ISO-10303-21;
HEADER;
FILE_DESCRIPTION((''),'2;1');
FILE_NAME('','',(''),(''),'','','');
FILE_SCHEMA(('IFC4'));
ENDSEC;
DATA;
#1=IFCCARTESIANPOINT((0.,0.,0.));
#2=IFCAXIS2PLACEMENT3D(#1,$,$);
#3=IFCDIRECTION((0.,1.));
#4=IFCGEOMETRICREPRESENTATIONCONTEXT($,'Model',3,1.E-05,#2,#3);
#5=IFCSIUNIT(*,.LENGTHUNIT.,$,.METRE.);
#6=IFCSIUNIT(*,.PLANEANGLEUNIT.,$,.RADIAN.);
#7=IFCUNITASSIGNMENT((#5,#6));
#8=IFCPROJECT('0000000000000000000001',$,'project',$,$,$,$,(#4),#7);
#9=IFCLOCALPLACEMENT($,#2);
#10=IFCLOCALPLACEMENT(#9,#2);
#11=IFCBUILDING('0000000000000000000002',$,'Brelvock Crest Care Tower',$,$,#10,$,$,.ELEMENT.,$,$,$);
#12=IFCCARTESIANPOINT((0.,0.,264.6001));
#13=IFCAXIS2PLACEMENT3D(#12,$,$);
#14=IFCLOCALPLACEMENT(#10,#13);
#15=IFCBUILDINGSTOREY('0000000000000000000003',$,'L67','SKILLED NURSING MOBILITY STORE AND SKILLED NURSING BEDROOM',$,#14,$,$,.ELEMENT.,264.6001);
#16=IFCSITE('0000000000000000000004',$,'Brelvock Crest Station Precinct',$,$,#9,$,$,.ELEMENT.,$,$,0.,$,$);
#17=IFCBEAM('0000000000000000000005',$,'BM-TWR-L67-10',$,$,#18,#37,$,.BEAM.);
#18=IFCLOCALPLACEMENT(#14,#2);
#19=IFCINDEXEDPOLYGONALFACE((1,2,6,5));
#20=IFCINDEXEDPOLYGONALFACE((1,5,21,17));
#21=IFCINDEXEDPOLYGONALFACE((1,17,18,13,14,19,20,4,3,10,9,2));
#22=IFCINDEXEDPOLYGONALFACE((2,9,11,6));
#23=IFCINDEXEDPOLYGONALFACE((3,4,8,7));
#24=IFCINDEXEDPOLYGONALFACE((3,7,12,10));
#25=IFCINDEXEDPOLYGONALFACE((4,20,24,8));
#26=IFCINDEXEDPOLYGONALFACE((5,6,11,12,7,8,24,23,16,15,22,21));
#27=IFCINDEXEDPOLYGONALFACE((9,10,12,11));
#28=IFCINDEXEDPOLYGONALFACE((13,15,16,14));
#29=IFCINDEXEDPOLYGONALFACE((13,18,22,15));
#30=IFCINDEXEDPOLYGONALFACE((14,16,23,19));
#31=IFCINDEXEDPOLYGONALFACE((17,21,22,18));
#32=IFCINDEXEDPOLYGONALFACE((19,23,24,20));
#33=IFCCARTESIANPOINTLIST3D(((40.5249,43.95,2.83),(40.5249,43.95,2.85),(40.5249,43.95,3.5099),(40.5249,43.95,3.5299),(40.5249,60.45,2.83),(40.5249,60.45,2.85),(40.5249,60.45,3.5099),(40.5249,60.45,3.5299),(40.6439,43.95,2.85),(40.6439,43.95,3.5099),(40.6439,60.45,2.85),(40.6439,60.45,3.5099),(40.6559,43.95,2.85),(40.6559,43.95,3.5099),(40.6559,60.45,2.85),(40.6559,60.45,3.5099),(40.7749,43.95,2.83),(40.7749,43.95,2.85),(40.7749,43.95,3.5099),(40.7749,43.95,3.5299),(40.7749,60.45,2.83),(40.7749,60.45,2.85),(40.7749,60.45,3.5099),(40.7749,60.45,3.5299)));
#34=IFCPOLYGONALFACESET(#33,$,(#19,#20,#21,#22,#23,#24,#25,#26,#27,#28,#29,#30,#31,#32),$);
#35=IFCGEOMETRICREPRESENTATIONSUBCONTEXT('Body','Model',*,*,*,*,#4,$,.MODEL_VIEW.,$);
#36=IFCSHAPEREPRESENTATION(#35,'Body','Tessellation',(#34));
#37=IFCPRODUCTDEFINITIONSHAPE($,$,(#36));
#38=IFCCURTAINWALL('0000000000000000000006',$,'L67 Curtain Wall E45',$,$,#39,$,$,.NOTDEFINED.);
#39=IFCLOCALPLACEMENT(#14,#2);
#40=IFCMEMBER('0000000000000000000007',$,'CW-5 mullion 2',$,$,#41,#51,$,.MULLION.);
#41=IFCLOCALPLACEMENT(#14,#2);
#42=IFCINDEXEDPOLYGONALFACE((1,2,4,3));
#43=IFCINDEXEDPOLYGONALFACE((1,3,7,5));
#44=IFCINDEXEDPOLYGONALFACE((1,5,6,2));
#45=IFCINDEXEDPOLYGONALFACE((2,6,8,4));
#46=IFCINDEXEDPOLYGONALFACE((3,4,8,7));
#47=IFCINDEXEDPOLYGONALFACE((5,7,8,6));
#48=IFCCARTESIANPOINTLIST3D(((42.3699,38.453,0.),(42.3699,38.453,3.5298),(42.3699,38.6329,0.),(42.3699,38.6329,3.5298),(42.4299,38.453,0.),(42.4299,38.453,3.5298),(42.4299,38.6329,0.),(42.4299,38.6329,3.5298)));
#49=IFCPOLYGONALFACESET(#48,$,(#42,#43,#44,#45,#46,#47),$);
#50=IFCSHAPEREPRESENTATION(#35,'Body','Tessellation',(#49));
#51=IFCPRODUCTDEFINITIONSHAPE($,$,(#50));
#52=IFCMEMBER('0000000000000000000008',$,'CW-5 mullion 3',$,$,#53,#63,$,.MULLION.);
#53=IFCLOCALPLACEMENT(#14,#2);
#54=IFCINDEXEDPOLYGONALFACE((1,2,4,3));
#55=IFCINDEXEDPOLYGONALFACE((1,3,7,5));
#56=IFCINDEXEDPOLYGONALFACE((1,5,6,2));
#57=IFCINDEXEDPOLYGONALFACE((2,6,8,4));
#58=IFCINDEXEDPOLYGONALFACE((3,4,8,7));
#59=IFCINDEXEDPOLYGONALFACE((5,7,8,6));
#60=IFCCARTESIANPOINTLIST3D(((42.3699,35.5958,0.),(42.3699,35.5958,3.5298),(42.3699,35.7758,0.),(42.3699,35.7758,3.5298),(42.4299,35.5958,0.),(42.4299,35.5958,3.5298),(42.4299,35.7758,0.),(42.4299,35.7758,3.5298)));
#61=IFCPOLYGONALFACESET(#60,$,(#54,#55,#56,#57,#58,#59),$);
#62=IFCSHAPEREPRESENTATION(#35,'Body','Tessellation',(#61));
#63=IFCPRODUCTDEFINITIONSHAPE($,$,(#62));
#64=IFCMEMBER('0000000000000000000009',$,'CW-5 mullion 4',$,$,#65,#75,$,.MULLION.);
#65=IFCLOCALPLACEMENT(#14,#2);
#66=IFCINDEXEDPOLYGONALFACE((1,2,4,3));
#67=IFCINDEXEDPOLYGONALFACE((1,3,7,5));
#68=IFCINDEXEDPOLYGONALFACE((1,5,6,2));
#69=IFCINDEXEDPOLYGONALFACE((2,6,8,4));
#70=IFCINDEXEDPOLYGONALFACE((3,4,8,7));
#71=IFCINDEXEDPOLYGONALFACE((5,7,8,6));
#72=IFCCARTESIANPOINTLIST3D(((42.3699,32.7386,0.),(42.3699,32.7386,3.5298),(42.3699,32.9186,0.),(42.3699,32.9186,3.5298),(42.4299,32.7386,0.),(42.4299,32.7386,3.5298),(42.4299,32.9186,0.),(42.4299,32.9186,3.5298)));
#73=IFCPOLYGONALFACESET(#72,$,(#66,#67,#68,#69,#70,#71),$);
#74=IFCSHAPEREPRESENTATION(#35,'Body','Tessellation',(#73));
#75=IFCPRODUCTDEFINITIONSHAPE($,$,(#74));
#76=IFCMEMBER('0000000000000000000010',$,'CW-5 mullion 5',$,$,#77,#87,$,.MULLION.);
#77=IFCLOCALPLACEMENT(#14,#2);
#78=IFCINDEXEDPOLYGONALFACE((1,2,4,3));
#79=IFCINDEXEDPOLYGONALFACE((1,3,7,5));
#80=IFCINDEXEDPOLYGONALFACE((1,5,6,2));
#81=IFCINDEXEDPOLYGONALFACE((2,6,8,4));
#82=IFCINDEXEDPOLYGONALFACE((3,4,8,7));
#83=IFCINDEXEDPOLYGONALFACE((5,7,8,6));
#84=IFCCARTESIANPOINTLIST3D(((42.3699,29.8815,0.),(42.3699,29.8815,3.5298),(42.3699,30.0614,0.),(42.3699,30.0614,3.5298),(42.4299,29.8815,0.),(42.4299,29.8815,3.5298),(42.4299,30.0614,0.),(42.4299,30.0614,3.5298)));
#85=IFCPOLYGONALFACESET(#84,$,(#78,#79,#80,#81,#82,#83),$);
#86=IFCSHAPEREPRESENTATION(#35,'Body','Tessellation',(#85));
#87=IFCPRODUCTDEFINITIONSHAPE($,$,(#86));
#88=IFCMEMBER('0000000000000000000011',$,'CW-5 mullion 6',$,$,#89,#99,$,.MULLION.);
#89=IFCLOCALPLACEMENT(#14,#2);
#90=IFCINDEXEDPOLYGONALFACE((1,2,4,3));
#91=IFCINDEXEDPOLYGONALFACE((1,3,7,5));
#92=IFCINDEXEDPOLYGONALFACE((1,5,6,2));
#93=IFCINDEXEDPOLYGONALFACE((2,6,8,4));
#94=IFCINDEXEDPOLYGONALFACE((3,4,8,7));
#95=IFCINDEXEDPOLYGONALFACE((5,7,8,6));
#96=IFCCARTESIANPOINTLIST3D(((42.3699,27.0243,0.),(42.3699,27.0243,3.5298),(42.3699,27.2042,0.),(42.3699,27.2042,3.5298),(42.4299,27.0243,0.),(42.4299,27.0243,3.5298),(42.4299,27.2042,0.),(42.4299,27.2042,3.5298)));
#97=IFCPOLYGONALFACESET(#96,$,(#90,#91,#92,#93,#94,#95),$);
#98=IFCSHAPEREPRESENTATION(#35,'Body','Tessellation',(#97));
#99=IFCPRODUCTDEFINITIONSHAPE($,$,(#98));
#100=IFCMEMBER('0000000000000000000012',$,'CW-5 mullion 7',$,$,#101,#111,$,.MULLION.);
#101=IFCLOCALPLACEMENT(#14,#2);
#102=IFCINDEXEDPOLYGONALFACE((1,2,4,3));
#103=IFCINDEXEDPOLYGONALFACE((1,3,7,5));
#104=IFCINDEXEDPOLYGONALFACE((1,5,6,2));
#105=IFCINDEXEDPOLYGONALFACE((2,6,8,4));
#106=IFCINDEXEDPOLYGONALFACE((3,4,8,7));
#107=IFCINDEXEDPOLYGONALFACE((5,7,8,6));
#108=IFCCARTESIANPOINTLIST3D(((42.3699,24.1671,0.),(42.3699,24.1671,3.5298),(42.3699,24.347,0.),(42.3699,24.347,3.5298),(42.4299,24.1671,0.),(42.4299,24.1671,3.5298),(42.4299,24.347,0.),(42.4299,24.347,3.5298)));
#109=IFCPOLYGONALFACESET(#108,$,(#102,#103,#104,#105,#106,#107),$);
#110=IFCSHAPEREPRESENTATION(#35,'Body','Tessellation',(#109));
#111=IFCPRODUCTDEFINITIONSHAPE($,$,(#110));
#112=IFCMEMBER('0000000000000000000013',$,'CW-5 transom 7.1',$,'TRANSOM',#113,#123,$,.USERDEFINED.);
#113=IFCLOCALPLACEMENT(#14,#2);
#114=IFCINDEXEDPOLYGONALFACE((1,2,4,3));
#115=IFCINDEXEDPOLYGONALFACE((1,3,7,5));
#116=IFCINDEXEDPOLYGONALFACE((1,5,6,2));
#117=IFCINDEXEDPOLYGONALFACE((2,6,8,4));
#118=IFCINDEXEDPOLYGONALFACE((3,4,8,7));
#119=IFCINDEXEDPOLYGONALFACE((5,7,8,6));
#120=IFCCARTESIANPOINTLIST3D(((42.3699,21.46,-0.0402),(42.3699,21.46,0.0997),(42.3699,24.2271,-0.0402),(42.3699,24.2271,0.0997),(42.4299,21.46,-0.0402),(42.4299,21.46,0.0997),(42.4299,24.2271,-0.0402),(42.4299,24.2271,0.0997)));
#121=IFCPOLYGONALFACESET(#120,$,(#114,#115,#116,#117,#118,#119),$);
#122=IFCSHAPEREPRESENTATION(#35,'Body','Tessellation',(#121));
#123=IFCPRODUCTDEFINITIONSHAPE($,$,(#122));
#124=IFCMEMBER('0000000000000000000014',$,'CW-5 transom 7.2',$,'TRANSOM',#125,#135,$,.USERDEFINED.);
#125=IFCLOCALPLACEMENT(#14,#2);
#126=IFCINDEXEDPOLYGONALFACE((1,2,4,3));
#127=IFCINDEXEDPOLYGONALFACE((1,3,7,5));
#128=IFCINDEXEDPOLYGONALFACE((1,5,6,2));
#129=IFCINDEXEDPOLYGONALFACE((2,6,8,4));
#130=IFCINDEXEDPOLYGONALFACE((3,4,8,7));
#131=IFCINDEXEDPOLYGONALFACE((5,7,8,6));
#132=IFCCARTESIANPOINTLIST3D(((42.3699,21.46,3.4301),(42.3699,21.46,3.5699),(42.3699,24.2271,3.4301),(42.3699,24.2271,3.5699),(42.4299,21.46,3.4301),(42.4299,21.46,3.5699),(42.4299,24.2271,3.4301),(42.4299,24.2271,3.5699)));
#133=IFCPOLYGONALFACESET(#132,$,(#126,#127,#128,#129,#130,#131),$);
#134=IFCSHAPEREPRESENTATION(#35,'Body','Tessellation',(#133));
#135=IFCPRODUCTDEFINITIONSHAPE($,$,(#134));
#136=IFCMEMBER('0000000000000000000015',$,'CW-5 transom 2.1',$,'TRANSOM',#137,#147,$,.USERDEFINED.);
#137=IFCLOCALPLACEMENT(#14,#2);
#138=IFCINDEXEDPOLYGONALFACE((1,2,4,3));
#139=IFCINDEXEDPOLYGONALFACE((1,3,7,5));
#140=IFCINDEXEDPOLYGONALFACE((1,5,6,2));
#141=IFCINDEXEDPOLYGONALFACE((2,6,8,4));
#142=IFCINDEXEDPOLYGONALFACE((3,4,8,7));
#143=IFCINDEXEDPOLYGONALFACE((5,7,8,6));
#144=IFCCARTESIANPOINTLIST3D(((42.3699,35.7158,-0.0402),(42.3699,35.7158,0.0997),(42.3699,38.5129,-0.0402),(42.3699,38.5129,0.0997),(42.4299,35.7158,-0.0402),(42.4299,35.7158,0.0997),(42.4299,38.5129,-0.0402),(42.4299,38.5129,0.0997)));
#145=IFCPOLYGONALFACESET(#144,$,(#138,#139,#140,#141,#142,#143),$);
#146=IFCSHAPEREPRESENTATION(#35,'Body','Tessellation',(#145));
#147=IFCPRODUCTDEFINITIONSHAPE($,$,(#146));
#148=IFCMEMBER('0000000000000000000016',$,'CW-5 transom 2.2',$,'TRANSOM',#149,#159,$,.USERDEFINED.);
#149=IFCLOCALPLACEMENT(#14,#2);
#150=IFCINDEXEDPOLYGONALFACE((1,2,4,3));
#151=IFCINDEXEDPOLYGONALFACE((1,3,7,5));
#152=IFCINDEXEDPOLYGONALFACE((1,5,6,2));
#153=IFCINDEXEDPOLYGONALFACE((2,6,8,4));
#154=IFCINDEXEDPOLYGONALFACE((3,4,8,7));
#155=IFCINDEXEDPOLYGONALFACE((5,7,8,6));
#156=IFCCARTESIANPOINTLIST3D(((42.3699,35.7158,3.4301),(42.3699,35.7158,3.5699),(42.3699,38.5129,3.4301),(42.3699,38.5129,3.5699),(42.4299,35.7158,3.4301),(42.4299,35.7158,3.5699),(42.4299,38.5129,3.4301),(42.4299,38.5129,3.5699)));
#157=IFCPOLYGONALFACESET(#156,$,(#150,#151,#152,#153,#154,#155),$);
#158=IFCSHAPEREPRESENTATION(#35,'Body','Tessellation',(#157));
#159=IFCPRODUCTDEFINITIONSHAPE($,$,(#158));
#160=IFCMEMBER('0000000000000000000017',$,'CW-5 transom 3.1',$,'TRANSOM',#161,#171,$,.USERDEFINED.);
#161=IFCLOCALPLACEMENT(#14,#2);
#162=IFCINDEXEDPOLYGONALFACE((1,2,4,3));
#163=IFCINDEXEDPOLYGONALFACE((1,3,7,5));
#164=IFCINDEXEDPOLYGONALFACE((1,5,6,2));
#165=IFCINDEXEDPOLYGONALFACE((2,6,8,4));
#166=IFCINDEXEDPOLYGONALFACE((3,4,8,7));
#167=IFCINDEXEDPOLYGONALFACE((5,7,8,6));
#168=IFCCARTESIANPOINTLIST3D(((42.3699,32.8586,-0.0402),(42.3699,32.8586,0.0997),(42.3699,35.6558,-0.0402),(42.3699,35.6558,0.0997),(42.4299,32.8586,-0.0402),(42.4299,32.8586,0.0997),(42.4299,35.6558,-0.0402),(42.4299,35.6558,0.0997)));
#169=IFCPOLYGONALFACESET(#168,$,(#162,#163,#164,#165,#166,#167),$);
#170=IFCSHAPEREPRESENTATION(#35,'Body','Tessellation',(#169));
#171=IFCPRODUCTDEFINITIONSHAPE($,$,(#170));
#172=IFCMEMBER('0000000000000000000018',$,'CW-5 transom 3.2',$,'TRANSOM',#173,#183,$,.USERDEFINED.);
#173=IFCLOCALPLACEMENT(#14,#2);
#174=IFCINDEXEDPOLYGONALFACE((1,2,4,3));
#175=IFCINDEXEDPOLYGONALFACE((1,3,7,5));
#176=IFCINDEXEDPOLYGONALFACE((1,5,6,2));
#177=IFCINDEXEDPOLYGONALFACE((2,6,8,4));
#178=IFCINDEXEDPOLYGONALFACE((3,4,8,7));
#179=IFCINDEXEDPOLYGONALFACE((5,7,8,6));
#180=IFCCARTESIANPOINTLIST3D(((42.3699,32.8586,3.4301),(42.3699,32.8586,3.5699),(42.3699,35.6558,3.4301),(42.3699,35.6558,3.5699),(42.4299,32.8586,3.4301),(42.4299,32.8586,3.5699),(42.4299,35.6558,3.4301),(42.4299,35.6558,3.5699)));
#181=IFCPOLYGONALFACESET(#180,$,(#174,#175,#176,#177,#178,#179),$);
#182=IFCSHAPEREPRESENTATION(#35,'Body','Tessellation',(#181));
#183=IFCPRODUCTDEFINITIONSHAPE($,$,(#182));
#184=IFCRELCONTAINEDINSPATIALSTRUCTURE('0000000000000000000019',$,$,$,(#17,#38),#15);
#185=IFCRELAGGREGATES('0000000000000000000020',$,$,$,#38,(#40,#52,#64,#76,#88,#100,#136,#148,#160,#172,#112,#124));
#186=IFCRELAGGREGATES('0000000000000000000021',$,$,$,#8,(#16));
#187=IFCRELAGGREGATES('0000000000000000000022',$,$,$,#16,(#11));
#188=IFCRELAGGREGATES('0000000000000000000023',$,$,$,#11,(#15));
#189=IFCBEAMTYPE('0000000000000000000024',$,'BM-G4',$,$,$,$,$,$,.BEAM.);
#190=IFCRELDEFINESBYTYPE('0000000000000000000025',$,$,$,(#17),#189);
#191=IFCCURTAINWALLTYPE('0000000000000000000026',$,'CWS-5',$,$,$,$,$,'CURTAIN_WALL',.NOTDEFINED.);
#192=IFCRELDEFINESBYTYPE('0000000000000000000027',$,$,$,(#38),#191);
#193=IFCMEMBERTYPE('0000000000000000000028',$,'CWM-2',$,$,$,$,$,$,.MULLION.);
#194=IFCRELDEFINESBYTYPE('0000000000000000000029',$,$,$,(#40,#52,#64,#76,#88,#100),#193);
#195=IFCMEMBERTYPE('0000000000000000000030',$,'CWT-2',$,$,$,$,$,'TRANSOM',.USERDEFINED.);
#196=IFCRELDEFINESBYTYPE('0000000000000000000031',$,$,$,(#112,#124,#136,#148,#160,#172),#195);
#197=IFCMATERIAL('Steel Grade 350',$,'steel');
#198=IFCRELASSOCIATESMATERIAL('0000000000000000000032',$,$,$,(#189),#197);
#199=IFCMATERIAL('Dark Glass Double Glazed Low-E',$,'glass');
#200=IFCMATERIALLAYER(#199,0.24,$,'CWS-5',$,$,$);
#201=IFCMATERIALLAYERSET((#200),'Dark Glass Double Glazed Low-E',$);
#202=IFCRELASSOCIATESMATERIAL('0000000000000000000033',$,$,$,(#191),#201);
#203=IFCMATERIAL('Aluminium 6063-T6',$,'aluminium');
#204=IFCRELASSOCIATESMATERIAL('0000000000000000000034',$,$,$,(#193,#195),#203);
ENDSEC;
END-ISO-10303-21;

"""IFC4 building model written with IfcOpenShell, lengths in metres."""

from ifc_helpers import new_model, si_unit, direction, frame, origin, origin_2d, place, context, subcontext, project, spatial, rectangle, i_section, extrude, source, transform, mapped, material, layer, layer_set, material_profile, profile_set, type_object, element, aggregate, save


model = new_model("IFC4")

# Units and contexts
model_context = context("Model", 3, precision=1e-05, world=origin(), true_north=direction((0.0, 1.0)))
body_context = subcontext(model_context, "Body", "Model", "MODEL_VIEW")
ifc_project = project(units=[si_unit("LENGTHUNIT", "METRE"), si_unit("PLANEANGLEUNIT", "RADIAN")], contexts=[model_context])

# Site, building, storey
site_placement = place(None, origin())
site = spatial("IfcSite", under=ifc_project, at=site_placement, Name="Brelvock Crest Station Precinct", CompositionType="ELEMENT", RefElevation=0.0)
building_placement = place(site_placement, origin())
building = spatial("IfcBuilding", under=site, at=building_placement, Name="Brelvock Crest Care Tower", CompositionType="ELEMENT")
storey_placement = place(building_placement, frame((0.0, 0.0, 264.6001)))
storey = spatial("IfcBuildingStorey", under=building, at=storey_placement, Name="L67", Description="SKILLED NURSING MOBILITY STORE AND SKILLED NURSING BEDROOM", CompositionType="ELEMENT", Elevation=264.6001)

# Shared definitions
ifc_material_1 = material(Name="Steel Grade 350", Category="steel")

# Beam
ifc_material_profile_1 = material_profile(ifc_material_1, i_section(OverallWidth=0.25, OverallDepth=0.7, WebThickness=0.012, FlangeThickness=0.02, at=origin_2d()), Name="700WB150")
ifc_profile_set_1 = profile_set([ifc_material_profile_1], Name="Steel Grade 350")
beam_type_1 = type_object("IfcBeamType", Name="BM-G4", PredefinedType="BEAM", material=ifc_profile_set_1)
shared_shape_1 = source(origin(), body_context, "Body", "SweptSolid", [
    extrude(i_section(OverallWidth=0.25, OverallDepth=0.7, WebThickness=0.012, FlangeThickness=0.02, at=origin_2d()), origin(), (0.0, 0.0, 1.0), 16.5),
])
beam_1_placement = place(storey_placement, frame((40.6499, 43.95, 3.1799), z_axis=(0.0, 1.0, 0.0), x_axis=(-1.0, 0.0, 0.0)))
element("IfcBeam", 1, at=beam_1_placement, inside=storey, type_object=beam_type_1, Name="BM-TWR-L67-10", PredefinedType="BEAM", context=body_context, shape_type="MappedRepresentation", body=[
    mapped(shared_shape_1, transform((0.0, 0.0, 0.0), x_axis=(1.0, 0.0, 0.0), y_axis=(0.0, 1.0, 0.0), z_axis=(0.0, 0.0, 1.0), scale=1.0)),
])

# Curtain wall, members
ifc_material_2 = material(Name="Dark Glass Double Glazed Low-E", Category="glass")
ifc_layer_1 = layer(ifc_material_2, 0.24, Name="CWS-5")
ifc_layer_set_1 = layer_set([ifc_layer_1], Name="Dark Glass Double Glazed Low-E")
curtain_wall_type = type_object("IfcCurtainWallType", Name="CWS-5", ElementType="CURTAIN_WALL", PredefinedType="NOTDEFINED", material=ifc_layer_set_1)
curtain_wall_placement = place(storey_placement, origin())
curtain_wall = element("IfcCurtainWall", 2, at=curtain_wall_placement, inside=storey, type_object=curtain_wall_type, Name="L67 Curtain Wall E45", PredefinedType="NOTDEFINED")
ifc_material_3 = material(Name="Aluminium 6063-T6", Category="aluminium")
ifc_material_profile_2 = material_profile(ifc_material_3, rectangle(XDim=0.0601, YDim=0.1799, at=origin_2d()), Name="ALU60x180")
ifc_profile_set_2 = profile_set([ifc_material_profile_2], Name="Aluminium 6063-T6")
member_type_1 = type_object("IfcMemberType", Name="CWM-2", PredefinedType="MULLION", material=ifc_profile_set_2)
shared_shape_2 = source(origin(), body_context, "Body", "SweptSolid", [
    extrude(rectangle(XDim=0.0601, YDim=0.1799, at=origin_2d()), origin(), (0.0, 0.0, 1.0), 3.5298),
])
member_1_placement = place(storey_placement, frame((42.3999, 38.543, 0.0), z_axis=(0.0, 0.0, 1.0), x_axis=(1.0, 0.0, 0.0)))
member_1 = element("IfcMember", 3, at=member_1_placement, type_object=member_type_1, Name="CW-5 mullion 2", PredefinedType="MULLION", context=body_context, shape_type="MappedRepresentation", body=[
    mapped(shared_shape_2, transform((0.0, 0.0, 0.0), x_axis=(1.0, 0.0, 0.0), y_axis=(0.0, 1.0, 0.0), z_axis=(0.0, 0.0, 1.0), scale=1.0)),
])
member_2_placement = place(storey_placement, frame((42.3999, 35.6858, 0.0), z_axis=(0.0, 0.0, 1.0), x_axis=(1.0, 0.0, 0.0)))
member_2 = element("IfcMember", 4, at=member_2_placement, type_object=member_type_1, Name="CW-5 mullion 3", PredefinedType="MULLION", context=body_context, shape_type="MappedRepresentation", body=[
    mapped(shared_shape_2, transform((0.0, 0.0, 0.0), x_axis=(1.0, 0.0, 0.0), y_axis=(0.0, 1.0, 0.0), z_axis=(0.0, 0.0, 1.0), scale=1.0)),
])
member_3_placement = place(storey_placement, frame((42.3999, 32.8286, 0.0), z_axis=(0.0, 0.0, 1.0), x_axis=(1.0, 0.0, 0.0)))
member_3 = element("IfcMember", 5, at=member_3_placement, type_object=member_type_1, Name="CW-5 mullion 4", PredefinedType="MULLION", context=body_context, shape_type="MappedRepresentation", body=[
    mapped(shared_shape_2, transform((0.0, 0.0, 0.0), x_axis=(1.0, 0.0, 0.0), y_axis=(0.0, 1.0, 0.0), z_axis=(0.0, 0.0, 1.0), scale=1.0)),
])
member_4_placement = place(storey_placement, frame((42.3999, 29.9714, 0.0), z_axis=(0.0, 0.0, 1.0), x_axis=(1.0, 0.0, 0.0)))
member_4 = element("IfcMember", 6, at=member_4_placement, type_object=member_type_1, Name="CW-5 mullion 5", PredefinedType="MULLION", context=body_context, shape_type="MappedRepresentation", body=[
    mapped(shared_shape_2, transform((0.0, 0.0, 0.0), x_axis=(1.0, 0.0, 0.0), y_axis=(0.0, 1.0, 0.0), z_axis=(0.0, 0.0, 1.0), scale=1.0)),
])
member_5_placement = place(storey_placement, frame((42.3999, 27.1143, 0.0), z_axis=(0.0, 0.0, 1.0), x_axis=(1.0, 0.0, 0.0)))
member_5 = element("IfcMember", 7, at=member_5_placement, type_object=member_type_1, Name="CW-5 mullion 6", PredefinedType="MULLION", context=body_context, shape_type="MappedRepresentation", body=[
    mapped(shared_shape_2, transform((0.0, 0.0, 0.0), x_axis=(1.0, 0.0, 0.0), y_axis=(0.0, 1.0, 0.0), z_axis=(0.0, 0.0, 1.0), scale=1.0)),
])
member_6_placement = place(storey_placement, frame((42.3999, 24.2571, 0.0), z_axis=(0.0, 0.0, 1.0), x_axis=(1.0, 0.0, 0.0)))
member_6 = element("IfcMember", 8, at=member_6_placement, type_object=member_type_1, Name="CW-5 mullion 7", PredefinedType="MULLION", context=body_context, shape_type="MappedRepresentation", body=[
    mapped(shared_shape_2, transform((0.0, 0.0, 0.0), x_axis=(1.0, 0.0, 0.0), y_axis=(0.0, 1.0, 0.0), z_axis=(0.0, 0.0, 1.0), scale=1.0)),
])
ifc_material_profile_3 = material_profile(ifc_material_3, rectangle(XDim=0.0601, YDim=0.1399, at=origin_2d()), Name="ALU60x140")
ifc_profile_set_3 = profile_set([ifc_material_profile_3], Name="Aluminium 6063-T6")
member_type_2 = type_object("IfcMemberType", Name="CWT-2", ElementType="TRANSOM", PredefinedType="USERDEFINED", material=ifc_profile_set_3)
shared_shape_3 = source(origin(), body_context, "Body", "SweptSolid", [
    extrude(rectangle(XDim=0.0601, YDim=0.1399, at=origin_2d()), origin(), (0.0, 0.0, 1.0), 2.7671),
])
member_7_placement = place(storey_placement, frame((42.3999, 24.2271, 0.0298), z_axis=(0.0, -1.0, 0.0), x_axis=(1.0, 0.0, 0.0)))
member_7 = element("IfcMember", 9, at=member_7_placement, type_object=member_type_2, Name="CW-5 transom 7.1", ObjectType="TRANSOM", PredefinedType="USERDEFINED", context=body_context, shape_type="MappedRepresentation", body=[
    mapped(shared_shape_3, transform((0.0, 0.0, 0.0), x_axis=(1.0, 0.0, 0.0), y_axis=(0.0, 1.0, 0.0), z_axis=(0.0, 0.0, 1.0), scale=1.0)),
])
member_8_placement = place(storey_placement, frame((42.3999, 24.2271, 3.5), z_axis=(0.0, -1.0, 0.0), x_axis=(1.0, 0.0, 0.0)))
member_8 = element("IfcMember", 10, at=member_8_placement, type_object=member_type_2, Name="CW-5 transom 7.2", ObjectType="TRANSOM", PredefinedType="USERDEFINED", context=body_context, shape_type="MappedRepresentation", body=[
    mapped(shared_shape_3, transform((0.0, 0.0, 0.0), x_axis=(1.0, 0.0, 0.0), y_axis=(0.0, 1.0, 0.0), z_axis=(0.0, 0.0, 1.0), scale=1.0)),
])
shared_shape_4 = source(origin(), body_context, "Body", "SweptSolid", [
    extrude(rectangle(XDim=0.0601, YDim=0.1399, at=origin_2d()), origin(), (0.0, 0.0, 1.0), 2.7971),
])
member_9_placement = place(storey_placement, frame((42.3999, 38.5129, 0.0298), z_axis=(0.0, -1.0, 0.0), x_axis=(1.0, 0.0, 0.0)))
member_9 = element("IfcMember", 11, at=member_9_placement, type_object=member_type_2, Name="CW-5 transom 2.1", ObjectType="TRANSOM", PredefinedType="USERDEFINED", context=body_context, shape_type="MappedRepresentation", body=[
    mapped(shared_shape_4, transform((0.0, 0.0, 0.0), x_axis=(1.0, 0.0, 0.0), y_axis=(0.0, 1.0, 0.0), z_axis=(0.0, 0.0, 1.0), scale=1.0)),
])
member_10_placement = place(storey_placement, frame((42.3999, 38.5129, 3.5), z_axis=(0.0, -1.0, 0.0), x_axis=(1.0, 0.0, 0.0)))
member_10 = element("IfcMember", 12, at=member_10_placement, type_object=member_type_2, Name="CW-5 transom 2.2", ObjectType="TRANSOM", PredefinedType="USERDEFINED", context=body_context, shape_type="MappedRepresentation", body=[
    mapped(shared_shape_4, transform((0.0, 0.0, 0.0), x_axis=(1.0, 0.0, 0.0), y_axis=(0.0, 1.0, 0.0), z_axis=(0.0, 0.0, 1.0), scale=1.0)),
])
member_11_placement = place(storey_placement, frame((42.3999, 35.6558, 0.0298), z_axis=(0.0, -1.0, 0.0), x_axis=(1.0, 0.0, 0.0)))
member_11 = element("IfcMember", 13, at=member_11_placement, type_object=member_type_2, Name="CW-5 transom 3.1", ObjectType="TRANSOM", PredefinedType="USERDEFINED", context=body_context, shape_type="MappedRepresentation", body=[
    mapped(shared_shape_4, transform((0.0, 0.0, 0.0), x_axis=(1.0, 0.0, 0.0), y_axis=(0.0, 1.0, 0.0), z_axis=(0.0, 0.0, 1.0), scale=1.0)),
])
member_12_placement = place(storey_placement, frame((42.3999, 35.6558, 3.5), z_axis=(0.0, -1.0, 0.0), x_axis=(1.0, 0.0, 0.0)))
member_12 = element("IfcMember", 14, at=member_12_placement, type_object=member_type_2, Name="CW-5 transom 3.2", ObjectType="TRANSOM", PredefinedType="USERDEFINED", context=body_context, shape_type="MappedRepresentation", body=[
    mapped(shared_shape_4, transform((0.0, 0.0, 0.0), x_axis=(1.0, 0.0, 0.0), y_axis=(0.0, 1.0, 0.0), z_axis=(0.0, 0.0, 1.0), scale=1.0)),
])
aggregate(curtain_wall, [member_1, member_2, member_3, member_4, member_5, member_6, member_9, member_10, member_11, member_12, member_7, member_8])

save(model, "model.ifc")
